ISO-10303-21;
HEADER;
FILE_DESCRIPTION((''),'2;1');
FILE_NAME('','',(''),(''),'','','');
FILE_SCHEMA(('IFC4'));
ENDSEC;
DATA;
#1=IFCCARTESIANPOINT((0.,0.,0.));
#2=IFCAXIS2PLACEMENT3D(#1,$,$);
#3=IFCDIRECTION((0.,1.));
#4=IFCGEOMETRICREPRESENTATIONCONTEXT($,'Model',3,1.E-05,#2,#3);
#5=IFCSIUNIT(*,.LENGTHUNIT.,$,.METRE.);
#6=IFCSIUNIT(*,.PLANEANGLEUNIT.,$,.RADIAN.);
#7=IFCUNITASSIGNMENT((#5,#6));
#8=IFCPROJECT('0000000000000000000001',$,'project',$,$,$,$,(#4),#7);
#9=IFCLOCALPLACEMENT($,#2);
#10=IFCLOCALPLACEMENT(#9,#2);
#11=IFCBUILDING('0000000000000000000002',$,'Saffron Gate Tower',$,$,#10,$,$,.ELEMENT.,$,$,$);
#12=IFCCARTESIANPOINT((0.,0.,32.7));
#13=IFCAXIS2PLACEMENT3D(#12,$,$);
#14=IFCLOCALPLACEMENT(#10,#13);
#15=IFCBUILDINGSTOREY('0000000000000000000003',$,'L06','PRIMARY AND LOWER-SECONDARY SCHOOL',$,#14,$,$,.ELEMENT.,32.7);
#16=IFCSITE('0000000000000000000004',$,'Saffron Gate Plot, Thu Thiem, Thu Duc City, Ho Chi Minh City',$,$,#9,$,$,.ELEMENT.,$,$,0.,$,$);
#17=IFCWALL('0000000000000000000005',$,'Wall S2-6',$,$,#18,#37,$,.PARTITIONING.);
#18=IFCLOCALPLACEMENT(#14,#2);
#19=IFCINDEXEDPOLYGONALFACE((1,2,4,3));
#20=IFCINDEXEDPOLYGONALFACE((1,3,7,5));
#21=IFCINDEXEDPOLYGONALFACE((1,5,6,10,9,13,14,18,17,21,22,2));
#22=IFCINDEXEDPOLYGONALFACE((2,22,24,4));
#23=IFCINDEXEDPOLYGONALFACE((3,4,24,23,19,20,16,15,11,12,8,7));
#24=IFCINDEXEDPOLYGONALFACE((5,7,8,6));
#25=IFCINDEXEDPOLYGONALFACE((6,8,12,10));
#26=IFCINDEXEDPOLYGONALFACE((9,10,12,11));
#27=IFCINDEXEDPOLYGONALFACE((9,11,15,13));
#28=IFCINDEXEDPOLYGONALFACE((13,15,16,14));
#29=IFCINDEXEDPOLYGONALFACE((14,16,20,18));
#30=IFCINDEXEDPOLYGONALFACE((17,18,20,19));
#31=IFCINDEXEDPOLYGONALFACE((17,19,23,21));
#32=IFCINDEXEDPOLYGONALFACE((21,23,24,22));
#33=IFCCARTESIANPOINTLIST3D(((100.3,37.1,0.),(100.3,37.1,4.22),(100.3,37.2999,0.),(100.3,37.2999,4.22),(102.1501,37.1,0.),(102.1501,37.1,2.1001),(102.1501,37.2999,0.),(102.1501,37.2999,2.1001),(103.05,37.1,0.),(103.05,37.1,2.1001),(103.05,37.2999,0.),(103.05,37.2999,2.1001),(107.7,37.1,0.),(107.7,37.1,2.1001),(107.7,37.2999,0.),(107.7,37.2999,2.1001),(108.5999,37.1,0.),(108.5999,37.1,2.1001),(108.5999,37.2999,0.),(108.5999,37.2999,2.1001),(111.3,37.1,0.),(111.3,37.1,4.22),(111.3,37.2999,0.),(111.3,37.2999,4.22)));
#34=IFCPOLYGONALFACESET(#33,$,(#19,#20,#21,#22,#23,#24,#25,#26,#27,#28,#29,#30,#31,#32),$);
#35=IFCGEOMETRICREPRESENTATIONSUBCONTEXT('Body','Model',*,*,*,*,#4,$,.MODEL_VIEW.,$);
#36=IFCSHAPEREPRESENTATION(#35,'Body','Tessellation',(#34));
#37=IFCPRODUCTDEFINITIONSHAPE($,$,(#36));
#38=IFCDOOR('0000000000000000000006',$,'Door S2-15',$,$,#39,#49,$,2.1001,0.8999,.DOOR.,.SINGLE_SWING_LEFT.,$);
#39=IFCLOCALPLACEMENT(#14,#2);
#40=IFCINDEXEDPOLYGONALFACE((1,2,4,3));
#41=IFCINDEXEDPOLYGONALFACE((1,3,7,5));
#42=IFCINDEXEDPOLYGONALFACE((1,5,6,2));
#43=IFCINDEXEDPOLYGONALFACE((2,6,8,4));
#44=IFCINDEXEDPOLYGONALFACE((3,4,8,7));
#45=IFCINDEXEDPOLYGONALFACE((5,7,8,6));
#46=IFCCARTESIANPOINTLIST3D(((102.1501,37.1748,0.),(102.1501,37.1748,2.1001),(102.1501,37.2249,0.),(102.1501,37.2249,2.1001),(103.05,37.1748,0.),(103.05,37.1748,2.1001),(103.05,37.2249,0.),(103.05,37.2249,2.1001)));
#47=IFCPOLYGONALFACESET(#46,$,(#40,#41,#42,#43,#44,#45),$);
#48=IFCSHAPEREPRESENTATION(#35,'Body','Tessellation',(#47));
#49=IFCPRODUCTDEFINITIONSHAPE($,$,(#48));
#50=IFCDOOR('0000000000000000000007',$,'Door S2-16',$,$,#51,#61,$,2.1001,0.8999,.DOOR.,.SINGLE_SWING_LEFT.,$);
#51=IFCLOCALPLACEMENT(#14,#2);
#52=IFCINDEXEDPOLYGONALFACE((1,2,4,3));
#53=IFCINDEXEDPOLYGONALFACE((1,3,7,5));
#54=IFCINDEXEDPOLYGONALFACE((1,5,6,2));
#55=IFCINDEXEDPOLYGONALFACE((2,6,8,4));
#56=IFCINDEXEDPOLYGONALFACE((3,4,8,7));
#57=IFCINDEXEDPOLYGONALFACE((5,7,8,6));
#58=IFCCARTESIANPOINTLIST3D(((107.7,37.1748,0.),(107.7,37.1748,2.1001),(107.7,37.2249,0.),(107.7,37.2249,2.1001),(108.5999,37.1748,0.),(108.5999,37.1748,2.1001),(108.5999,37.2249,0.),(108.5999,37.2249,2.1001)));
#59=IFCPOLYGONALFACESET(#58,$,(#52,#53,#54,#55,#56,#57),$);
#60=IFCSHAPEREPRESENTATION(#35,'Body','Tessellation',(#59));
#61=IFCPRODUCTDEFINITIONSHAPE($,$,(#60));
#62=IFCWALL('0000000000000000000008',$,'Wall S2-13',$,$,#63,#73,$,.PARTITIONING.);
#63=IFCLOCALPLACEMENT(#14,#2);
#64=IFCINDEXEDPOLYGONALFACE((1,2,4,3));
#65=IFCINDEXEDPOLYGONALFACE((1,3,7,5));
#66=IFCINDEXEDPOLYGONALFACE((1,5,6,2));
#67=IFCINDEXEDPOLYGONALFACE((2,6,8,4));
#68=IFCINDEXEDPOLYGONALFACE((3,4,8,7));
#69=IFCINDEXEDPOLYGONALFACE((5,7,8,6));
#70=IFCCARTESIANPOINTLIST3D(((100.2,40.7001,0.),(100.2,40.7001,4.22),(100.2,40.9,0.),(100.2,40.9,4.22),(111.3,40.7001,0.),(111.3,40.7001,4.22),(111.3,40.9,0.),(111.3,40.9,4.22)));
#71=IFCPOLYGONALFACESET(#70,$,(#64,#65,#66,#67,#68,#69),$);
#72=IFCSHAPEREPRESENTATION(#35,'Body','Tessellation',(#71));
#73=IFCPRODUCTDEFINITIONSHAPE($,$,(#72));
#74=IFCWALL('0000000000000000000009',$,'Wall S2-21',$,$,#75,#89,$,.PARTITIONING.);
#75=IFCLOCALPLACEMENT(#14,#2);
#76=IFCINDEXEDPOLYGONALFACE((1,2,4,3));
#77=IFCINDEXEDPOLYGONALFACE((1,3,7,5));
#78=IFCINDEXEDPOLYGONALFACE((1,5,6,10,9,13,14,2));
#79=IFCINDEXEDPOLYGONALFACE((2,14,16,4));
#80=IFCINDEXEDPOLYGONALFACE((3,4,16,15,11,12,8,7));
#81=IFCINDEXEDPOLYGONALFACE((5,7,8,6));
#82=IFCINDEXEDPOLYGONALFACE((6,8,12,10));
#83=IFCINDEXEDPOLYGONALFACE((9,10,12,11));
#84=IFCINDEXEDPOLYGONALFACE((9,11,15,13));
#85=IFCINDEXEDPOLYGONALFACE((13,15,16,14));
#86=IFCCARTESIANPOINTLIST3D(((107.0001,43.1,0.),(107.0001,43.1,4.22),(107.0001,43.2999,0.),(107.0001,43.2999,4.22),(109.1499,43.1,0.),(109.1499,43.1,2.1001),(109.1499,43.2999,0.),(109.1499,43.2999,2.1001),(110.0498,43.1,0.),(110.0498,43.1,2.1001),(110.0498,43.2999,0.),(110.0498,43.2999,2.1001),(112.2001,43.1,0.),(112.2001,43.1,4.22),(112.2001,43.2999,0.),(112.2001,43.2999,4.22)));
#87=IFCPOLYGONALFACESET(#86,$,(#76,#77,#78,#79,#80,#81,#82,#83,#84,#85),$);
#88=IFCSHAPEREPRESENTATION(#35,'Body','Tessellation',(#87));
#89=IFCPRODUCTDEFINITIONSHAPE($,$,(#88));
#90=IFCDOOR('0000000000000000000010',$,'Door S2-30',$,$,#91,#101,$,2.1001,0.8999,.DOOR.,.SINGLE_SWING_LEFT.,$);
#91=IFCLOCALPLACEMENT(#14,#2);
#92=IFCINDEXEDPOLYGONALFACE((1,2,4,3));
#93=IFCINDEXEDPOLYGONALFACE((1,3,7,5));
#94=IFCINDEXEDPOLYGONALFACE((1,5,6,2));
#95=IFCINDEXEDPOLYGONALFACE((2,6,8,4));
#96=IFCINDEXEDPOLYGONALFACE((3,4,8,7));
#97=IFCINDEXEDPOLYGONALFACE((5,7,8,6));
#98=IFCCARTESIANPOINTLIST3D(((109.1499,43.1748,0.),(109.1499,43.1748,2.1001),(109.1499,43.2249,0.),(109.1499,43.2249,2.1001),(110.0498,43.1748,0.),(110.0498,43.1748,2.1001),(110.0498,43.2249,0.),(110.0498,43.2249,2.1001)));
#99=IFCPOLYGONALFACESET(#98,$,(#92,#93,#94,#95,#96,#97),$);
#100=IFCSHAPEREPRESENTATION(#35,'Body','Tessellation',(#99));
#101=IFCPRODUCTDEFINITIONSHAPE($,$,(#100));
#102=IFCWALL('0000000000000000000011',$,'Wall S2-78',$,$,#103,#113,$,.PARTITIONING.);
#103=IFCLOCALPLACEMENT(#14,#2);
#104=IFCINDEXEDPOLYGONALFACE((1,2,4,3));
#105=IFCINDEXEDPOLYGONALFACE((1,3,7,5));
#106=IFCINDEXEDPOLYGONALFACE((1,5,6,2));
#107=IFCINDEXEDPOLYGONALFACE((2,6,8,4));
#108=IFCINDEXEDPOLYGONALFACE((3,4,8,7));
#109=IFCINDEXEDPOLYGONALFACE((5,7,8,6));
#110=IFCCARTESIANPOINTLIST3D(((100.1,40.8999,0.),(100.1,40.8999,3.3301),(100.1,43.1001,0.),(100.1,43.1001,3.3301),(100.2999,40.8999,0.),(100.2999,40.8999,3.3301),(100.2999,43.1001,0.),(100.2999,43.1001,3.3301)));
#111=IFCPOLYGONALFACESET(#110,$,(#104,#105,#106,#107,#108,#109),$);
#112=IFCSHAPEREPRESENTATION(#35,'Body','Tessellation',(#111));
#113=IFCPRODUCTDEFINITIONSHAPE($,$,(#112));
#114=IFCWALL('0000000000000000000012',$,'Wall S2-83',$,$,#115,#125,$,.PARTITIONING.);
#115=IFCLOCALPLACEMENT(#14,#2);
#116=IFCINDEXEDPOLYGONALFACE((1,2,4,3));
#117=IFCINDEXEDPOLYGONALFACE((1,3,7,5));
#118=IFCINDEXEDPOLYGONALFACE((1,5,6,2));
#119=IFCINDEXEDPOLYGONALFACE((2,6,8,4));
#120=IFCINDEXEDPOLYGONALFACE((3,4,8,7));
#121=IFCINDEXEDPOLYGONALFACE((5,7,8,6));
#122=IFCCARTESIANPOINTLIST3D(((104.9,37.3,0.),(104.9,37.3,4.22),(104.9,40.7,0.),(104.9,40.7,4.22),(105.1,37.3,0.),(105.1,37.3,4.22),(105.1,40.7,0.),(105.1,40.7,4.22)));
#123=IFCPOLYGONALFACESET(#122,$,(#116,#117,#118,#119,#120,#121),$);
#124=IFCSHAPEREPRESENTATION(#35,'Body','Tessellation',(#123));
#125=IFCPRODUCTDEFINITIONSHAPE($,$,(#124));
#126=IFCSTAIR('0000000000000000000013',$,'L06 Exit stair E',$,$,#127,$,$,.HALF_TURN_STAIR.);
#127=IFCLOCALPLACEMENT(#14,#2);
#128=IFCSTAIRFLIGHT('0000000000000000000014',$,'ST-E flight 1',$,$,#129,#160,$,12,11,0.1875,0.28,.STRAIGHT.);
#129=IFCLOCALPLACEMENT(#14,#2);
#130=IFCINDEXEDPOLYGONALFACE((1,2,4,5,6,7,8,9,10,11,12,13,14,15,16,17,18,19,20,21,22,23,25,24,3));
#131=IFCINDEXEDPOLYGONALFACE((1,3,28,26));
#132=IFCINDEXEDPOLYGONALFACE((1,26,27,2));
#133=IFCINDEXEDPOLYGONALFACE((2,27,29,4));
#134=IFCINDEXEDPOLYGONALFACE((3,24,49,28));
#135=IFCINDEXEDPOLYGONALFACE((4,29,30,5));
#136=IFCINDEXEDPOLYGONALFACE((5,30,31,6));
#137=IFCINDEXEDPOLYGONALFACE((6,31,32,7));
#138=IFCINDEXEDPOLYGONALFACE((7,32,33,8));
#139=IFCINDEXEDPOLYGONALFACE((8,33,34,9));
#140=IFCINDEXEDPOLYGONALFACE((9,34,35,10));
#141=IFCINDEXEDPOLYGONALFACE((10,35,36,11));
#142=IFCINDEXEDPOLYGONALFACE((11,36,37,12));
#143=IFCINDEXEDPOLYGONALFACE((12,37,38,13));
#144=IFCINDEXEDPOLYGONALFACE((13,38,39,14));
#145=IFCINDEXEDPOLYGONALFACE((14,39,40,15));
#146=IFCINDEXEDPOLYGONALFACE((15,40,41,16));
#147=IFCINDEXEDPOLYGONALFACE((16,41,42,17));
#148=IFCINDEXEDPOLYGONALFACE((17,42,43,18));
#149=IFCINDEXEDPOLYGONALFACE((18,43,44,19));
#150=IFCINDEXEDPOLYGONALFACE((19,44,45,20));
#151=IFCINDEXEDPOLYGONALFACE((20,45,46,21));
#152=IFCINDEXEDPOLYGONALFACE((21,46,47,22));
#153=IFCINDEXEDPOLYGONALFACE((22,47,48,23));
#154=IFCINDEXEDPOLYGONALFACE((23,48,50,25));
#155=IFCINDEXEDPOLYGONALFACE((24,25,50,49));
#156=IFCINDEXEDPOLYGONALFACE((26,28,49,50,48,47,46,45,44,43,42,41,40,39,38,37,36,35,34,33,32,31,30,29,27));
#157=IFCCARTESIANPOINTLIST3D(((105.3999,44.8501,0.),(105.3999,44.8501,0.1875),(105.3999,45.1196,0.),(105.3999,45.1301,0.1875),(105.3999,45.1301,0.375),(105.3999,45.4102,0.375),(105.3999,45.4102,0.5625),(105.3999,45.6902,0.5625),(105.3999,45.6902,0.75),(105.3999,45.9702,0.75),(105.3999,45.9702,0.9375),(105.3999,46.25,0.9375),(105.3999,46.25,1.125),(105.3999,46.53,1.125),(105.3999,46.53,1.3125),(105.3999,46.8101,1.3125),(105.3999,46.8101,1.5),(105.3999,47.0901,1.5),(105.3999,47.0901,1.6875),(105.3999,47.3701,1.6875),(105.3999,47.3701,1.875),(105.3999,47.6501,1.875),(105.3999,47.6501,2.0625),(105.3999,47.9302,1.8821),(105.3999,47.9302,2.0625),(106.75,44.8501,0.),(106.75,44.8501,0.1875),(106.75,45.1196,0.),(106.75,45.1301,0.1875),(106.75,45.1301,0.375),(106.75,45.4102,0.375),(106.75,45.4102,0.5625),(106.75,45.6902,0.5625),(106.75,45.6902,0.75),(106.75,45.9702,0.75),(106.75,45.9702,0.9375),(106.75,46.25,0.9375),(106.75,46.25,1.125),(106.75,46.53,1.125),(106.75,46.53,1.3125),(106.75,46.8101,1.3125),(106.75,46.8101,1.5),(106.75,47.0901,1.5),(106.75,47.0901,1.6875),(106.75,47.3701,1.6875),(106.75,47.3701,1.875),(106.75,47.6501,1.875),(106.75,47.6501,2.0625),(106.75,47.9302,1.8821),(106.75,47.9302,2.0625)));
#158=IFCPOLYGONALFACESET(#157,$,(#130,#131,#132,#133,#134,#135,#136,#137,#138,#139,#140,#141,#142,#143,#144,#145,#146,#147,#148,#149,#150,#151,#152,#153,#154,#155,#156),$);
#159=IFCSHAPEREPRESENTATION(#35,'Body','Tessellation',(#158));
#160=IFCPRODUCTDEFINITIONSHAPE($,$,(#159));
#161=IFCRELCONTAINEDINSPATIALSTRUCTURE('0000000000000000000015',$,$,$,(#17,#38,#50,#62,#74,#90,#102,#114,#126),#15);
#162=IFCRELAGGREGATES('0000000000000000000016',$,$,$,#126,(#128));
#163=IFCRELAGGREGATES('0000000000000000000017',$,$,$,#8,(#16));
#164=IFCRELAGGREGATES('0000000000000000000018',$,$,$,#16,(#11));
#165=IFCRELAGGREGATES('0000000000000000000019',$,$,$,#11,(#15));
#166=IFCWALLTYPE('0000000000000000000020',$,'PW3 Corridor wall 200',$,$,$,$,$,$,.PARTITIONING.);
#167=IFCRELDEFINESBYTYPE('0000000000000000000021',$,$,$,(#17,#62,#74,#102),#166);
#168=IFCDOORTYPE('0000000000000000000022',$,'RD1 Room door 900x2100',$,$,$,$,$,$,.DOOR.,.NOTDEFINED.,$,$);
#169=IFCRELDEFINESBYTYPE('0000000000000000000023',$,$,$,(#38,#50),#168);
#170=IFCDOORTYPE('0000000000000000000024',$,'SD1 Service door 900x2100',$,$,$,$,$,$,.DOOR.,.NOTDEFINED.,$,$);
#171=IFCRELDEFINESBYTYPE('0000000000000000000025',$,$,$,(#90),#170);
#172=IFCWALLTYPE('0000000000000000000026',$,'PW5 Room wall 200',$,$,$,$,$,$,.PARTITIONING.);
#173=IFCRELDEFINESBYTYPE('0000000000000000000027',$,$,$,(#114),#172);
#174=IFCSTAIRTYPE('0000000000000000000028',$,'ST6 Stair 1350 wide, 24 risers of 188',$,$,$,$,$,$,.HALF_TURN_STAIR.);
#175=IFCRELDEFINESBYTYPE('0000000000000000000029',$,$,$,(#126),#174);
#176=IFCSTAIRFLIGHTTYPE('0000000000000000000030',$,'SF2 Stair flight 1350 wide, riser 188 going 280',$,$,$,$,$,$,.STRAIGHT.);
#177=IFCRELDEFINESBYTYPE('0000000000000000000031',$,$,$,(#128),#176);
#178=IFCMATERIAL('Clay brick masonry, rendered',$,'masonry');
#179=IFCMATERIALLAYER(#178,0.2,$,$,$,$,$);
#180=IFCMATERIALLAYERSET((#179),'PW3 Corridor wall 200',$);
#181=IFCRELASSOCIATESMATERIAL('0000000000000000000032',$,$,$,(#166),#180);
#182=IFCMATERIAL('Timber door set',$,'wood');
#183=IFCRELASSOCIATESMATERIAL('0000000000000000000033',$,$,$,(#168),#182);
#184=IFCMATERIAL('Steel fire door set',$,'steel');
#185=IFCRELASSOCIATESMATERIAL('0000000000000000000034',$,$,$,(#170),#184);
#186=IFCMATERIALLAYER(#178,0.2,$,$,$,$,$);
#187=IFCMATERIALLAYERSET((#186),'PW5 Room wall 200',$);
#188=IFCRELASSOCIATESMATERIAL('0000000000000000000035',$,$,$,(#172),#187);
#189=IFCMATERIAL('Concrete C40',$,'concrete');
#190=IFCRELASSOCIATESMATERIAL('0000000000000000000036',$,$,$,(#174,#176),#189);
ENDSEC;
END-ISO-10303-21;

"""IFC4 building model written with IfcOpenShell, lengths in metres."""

from ifc_helpers import new_model, si_unit, direction, frame, frame_2d, origin, place, context, subcontext, project, spatial, polyline, rectangle, outline, extrude, material, layer, layer_set, type_object, element, fill, aggregate, save


model = new_model("IFC4")

# Units and contexts
model_context = context("Model", 3, precision=1e-05, world=origin(), true_north=direction((0.0, 1.0)))
body_context = subcontext(model_context, "Body", "Model", "MODEL_VIEW")
ifc_project = project(units=[si_unit("LENGTHUNIT", "METRE"), si_unit("PLANEANGLEUNIT", "RADIAN")], contexts=[model_context])

# Site, building, storey
site_placement = place(None, origin())
site = spatial("IfcSite", under=ifc_project, at=site_placement, Name="Saffron Gate Plot, Thu Thiem, Thu Duc City, Ho Chi Minh City", CompositionType="ELEMENT", RefElevation=0.0)
building_placement = place(site_placement, origin())
building = spatial("IfcBuilding", under=site, at=building_placement, Name="Saffron Gate Tower", CompositionType="ELEMENT")
storey_placement = place(building_placement, frame((0.0, 0.0, 32.7)))
storey = spatial("IfcBuildingStorey", under=building, at=storey_placement, Name="L06", Description="PRIMARY AND LOWER-SECONDARY SCHOOL", CompositionType="ELEMENT", Elevation=32.7)

# Shared definitions
ifc_material_1 = material(Name="Steel fire door set", Category="steel")

# Shared definitions
ifc_material_2 = material(Name="Clay brick masonry, rendered", Category="masonry")

# Wall, openings, doors
ifc_layer_1 = layer(ifc_material_2, 0.2)
ifc_layer_set_1 = layer_set([ifc_layer_1], Name="PW3 Corridor wall 200")
wall_type_1 = type_object("IfcWallType", Name="PW3 Corridor wall 200", PredefinedType="PARTITIONING", material=ifc_layer_set_1)
wall_1_placement = place(storey_placement, frame((100.3, 37.2, 0.0), z_axis=(0.0, 0.0, 1.0), x_axis=(1.0, 0.0, 0.0)))
wall_1 = element("IfcWall", 1, at=wall_1_placement, inside=storey, type_object=wall_type_1, Name="Wall S2-6", PredefinedType="PARTITIONING", context=body_context, shape_type="SweptSolid", body=[
    extrude(rectangle(XDim=11.0, YDim=0.2, at=frame_2d((5.5, 0.0))), origin(), (0.0, 0.0, 1.0), 4.22),
])
opening_1_placement = place(wall_1_placement, frame((1.8501, 0.0, 0.0)))
opening_1 = element("IfcOpeningElement", 2, at=opening_1_placement, cuts=wall_1, PredefinedType="OPENING", context=body_context, shape_type="SweptSolid", body=[
    extrude(rectangle(XDim=0.8999, YDim=2.1001, at=frame_2d((0.45, 1.05))), frame((0.0, 0.1099, 0.0), z_axis=(0.0, -1.0, 0.0), x_axis=(1.0, 0.0, 0.0)), (0.0, 0.0, 1.0), 0.22),
])
opening_2_placement = place(wall_1_placement, frame((7.3999, 0.0, 0.0)))
opening_2 = element("IfcOpeningElement", 3, at=opening_2_placement, cuts=wall_1, PredefinedType="OPENING", context=body_context, shape_type="SweptSolid", body=[
    extrude(rectangle(XDim=0.8999, YDim=2.1001, at=frame_2d((0.45, 1.05))), frame((0.0, 0.1099, 0.0), z_axis=(0.0, -1.0, 0.0), x_axis=(1.0, 0.0, 0.0)), (0.0, 0.0, 1.0), 0.22),
])
ifc_material_3 = material(Name="Timber door set", Category="wood")
door_type_1 = type_object("IfcDoorType", Name="RD1 Room door 900x2100", OperationType="NOTDEFINED", PredefinedType="DOOR", material=ifc_material_3)
door_1_placement = place(opening_1_placement, origin())
door_1 = element("IfcDoor", 4, at=door_1_placement, inside=storey, type_object=door_type_1, Name="Door S2-15", OperationType="SINGLE_SWING_LEFT", OverallHeight=2.1001, OverallWidth=0.8999, PredefinedType="DOOR", context=body_context, shape_type="SweptSolid", body=[
    extrude(rectangle(XDim=0.8999, YDim=2.1001, at=frame_2d((0.45, 1.05))), frame((0.0, 0.0249, 0.0), z_axis=(0.0, -1.0, 0.0), x_axis=(1.0, 0.0, 0.0)), (0.0, 0.0, 1.0), 0.05),
])
fill(opening_1, door_1)
door_2_placement = place(opening_2_placement, origin())
door_2 = element("IfcDoor", 5, at=door_2_placement, inside=storey, type_object=door_type_1, Name="Door S2-16", OperationType="SINGLE_SWING_LEFT", OverallHeight=2.1001, OverallWidth=0.8999, PredefinedType="DOOR", context=body_context, shape_type="SweptSolid", body=[
    extrude(rectangle(XDim=0.8999, YDim=2.1001, at=frame_2d((0.45, 1.05))), frame((0.0, 0.0249, 0.0), z_axis=(0.0, -1.0, 0.0), x_axis=(1.0, 0.0, 0.0)), (0.0, 0.0, 1.0), 0.05),
])
fill(opening_2, door_2)

# Wall
wall_2_placement = place(storey_placement, frame((100.2, 40.8, 0.0), z_axis=(0.0, 0.0, 1.0), x_axis=(1.0, 0.0, 0.0)))
element("IfcWall", 6, at=wall_2_placement, inside=storey, type_object=wall_type_1, Name="Wall S2-13", PredefinedType="PARTITIONING", context=body_context, shape_type="SweptSolid", body=[
    extrude(rectangle(XDim=11.1001, YDim=0.2, at=frame_2d((5.55, 0.0))), origin(), (0.0, 0.0, 1.0), 4.22),
])

# Wall, opening, door
wall_3_placement = place(storey_placement, frame((107.0, 43.2, 0.0), z_axis=(0.0, 0.0, 1.0), x_axis=(1.0, 0.0, 0.0)))
wall_3 = element("IfcWall", 7, at=wall_3_placement, inside=storey, type_object=wall_type_1, Name="Wall S2-21", PredefinedType="PARTITIONING", context=body_context, shape_type="SweptSolid", body=[
    extrude(rectangle(XDim=5.2, YDim=0.2, at=frame_2d((2.6001, 0.0))), origin(), (0.0, 0.0, 1.0), 4.22),
])
opening_3_placement = place(wall_3_placement, frame((2.1499, 0.0, 0.0)))
opening_3 = element("IfcOpeningElement", 8, at=opening_3_placement, cuts=wall_3, PredefinedType="OPENING", context=body_context, shape_type="SweptSolid", body=[
    extrude(rectangle(XDim=0.8999, YDim=2.1001, at=frame_2d((0.45, 1.05))), frame((0.0, 0.1099, 0.0), z_axis=(0.0, -1.0, 0.0), x_axis=(1.0, 0.0, 0.0)), (0.0, 0.0, 1.0), 0.22),
])
door_type_2 = type_object("IfcDoorType", Name="SD1 Service door 900x2100", OperationType="NOTDEFINED", PredefinedType="DOOR", material=ifc_material_1)
door_3_placement = place(opening_3_placement, origin())
door_3 = element("IfcDoor", 9, at=door_3_placement, inside=storey, type_object=door_type_2, Name="Door S2-30", OperationType="SINGLE_SWING_LEFT", OverallHeight=2.1001, OverallWidth=0.8999, PredefinedType="DOOR", context=body_context, shape_type="SweptSolid", body=[
    extrude(rectangle(XDim=0.8999, YDim=2.1001, at=frame_2d((0.45, 1.05))), frame((0.0, 0.0249, 0.0), z_axis=(0.0, -1.0, 0.0), x_axis=(1.0, 0.0, 0.0)), (0.0, 0.0, 1.0), 0.05),
])
fill(opening_3, door_3)

# Walls
wall_4_placement = place(storey_placement, frame((100.2, 43.1001, 0.0), z_axis=(0.0, 0.0, 1.0), x_axis=(0.0, -1.0, 0.0)))
element("IfcWall", 10, at=wall_4_placement, inside=storey, type_object=wall_type_1, Name="Wall S2-78", PredefinedType="PARTITIONING", context=body_context, shape_type="SweptSolid", body=[
    extrude(rectangle(XDim=2.2002, YDim=0.2, at=frame_2d((1.1001, 0.0))), origin(), (0.0, 0.0, 1.0), 3.3301),
])
ifc_layer_2 = layer(ifc_material_2, 0.2)
ifc_layer_set_2 = layer_set([ifc_layer_2], Name="PW5 Room wall 200")
wall_type_2 = type_object("IfcWallType", Name="PW5 Room wall 200", PredefinedType="PARTITIONING", material=ifc_layer_set_2)
wall_5_placement = place(storey_placement, frame((105.0, 40.7, 0.0), z_axis=(0.0, 0.0, 1.0), x_axis=(0.0, -1.0, 0.0)))
element("IfcWall", 11, at=wall_5_placement, inside=storey, type_object=wall_type_2, Name="Wall S2-83", PredefinedType="PARTITIONING", context=body_context, shape_type="SweptSolid", body=[
    extrude(rectangle(XDim=3.3999, YDim=0.2, at=frame_2d((1.7, 0.0))), origin(), (0.0, 0.0, 1.0), 4.22),
])

# Stair, stair flight
ifc_material_4 = material(Name="Concrete C40", Category="concrete")
stair_type = type_object("IfcStairType", Name="ST6 Stair 1350 wide, 24 risers of 188", PredefinedType="HALF_TURN_STAIR", material=ifc_material_4)
stair_placement = place(storey_placement, origin())
stair = element("IfcStair", 12, at=stair_placement, inside=storey, type_object=stair_type, Name="L06 Exit stair E", PredefinedType="HALF_TURN_STAIR")
stair_flight_type = type_object("IfcStairFlightType", Name="SF2 Stair flight 1350 wide, riser 188 going 280", PredefinedType="STRAIGHT", material=ifc_material_4)
stair_flight_1_placement = place(storey_placement, frame((106.075, 44.8501, 0.0), z_axis=(0.0, 0.0, 1.0), x_axis=(0.0, 1.0, 0.0)))
stair_flight_1 = element("IfcStairFlight", 13, at=stair_flight_1_placement, type_object=stair_flight_type, Name="ST-E flight 1", NumberOfRisers=12, NumberOfTreads=11, PredefinedType="STRAIGHT", RiserHeight=0.1875, TreadLength=0.28, context=body_context, shape_type="SweptSolid", body=[
    extrude(outline(polyline([(0.0, 0.0), (0.0, 0.1875), (0.28, 0.1875), (0.28, 0.375), (0.5601, 0.375), (0.5601, 0.5625), (0.8401, 0.5625), (0.8401, 0.75), (1.1201, 0.75), (1.1201, 0.9375), (1.3999, 0.9375), (1.3999, 1.125), (1.6799, 1.125), (1.6799, 1.3125), (1.96, 1.3125), (1.96, 1.5), (2.24, 1.5), (2.24, 1.6875), (2.52, 1.6875), (2.52, 1.875), (2.8, 1.875), (2.8, 2.0625), (3.0801, 2.0625), (3.0801, 2.25), (3.0801, 1.8821), (0.2695, 0.0), (0.0, 0.0)])), frame((0.0, 0.675, 0.0), z_axis=(0.0, -1.0, 0.0), x_axis=(1.0, 0.0, 0.0)), (0.0, 0.0, 1.0), 1.3501),
])
aggregate(stair, [stair_flight_1])

save(model, "model.ifc")
